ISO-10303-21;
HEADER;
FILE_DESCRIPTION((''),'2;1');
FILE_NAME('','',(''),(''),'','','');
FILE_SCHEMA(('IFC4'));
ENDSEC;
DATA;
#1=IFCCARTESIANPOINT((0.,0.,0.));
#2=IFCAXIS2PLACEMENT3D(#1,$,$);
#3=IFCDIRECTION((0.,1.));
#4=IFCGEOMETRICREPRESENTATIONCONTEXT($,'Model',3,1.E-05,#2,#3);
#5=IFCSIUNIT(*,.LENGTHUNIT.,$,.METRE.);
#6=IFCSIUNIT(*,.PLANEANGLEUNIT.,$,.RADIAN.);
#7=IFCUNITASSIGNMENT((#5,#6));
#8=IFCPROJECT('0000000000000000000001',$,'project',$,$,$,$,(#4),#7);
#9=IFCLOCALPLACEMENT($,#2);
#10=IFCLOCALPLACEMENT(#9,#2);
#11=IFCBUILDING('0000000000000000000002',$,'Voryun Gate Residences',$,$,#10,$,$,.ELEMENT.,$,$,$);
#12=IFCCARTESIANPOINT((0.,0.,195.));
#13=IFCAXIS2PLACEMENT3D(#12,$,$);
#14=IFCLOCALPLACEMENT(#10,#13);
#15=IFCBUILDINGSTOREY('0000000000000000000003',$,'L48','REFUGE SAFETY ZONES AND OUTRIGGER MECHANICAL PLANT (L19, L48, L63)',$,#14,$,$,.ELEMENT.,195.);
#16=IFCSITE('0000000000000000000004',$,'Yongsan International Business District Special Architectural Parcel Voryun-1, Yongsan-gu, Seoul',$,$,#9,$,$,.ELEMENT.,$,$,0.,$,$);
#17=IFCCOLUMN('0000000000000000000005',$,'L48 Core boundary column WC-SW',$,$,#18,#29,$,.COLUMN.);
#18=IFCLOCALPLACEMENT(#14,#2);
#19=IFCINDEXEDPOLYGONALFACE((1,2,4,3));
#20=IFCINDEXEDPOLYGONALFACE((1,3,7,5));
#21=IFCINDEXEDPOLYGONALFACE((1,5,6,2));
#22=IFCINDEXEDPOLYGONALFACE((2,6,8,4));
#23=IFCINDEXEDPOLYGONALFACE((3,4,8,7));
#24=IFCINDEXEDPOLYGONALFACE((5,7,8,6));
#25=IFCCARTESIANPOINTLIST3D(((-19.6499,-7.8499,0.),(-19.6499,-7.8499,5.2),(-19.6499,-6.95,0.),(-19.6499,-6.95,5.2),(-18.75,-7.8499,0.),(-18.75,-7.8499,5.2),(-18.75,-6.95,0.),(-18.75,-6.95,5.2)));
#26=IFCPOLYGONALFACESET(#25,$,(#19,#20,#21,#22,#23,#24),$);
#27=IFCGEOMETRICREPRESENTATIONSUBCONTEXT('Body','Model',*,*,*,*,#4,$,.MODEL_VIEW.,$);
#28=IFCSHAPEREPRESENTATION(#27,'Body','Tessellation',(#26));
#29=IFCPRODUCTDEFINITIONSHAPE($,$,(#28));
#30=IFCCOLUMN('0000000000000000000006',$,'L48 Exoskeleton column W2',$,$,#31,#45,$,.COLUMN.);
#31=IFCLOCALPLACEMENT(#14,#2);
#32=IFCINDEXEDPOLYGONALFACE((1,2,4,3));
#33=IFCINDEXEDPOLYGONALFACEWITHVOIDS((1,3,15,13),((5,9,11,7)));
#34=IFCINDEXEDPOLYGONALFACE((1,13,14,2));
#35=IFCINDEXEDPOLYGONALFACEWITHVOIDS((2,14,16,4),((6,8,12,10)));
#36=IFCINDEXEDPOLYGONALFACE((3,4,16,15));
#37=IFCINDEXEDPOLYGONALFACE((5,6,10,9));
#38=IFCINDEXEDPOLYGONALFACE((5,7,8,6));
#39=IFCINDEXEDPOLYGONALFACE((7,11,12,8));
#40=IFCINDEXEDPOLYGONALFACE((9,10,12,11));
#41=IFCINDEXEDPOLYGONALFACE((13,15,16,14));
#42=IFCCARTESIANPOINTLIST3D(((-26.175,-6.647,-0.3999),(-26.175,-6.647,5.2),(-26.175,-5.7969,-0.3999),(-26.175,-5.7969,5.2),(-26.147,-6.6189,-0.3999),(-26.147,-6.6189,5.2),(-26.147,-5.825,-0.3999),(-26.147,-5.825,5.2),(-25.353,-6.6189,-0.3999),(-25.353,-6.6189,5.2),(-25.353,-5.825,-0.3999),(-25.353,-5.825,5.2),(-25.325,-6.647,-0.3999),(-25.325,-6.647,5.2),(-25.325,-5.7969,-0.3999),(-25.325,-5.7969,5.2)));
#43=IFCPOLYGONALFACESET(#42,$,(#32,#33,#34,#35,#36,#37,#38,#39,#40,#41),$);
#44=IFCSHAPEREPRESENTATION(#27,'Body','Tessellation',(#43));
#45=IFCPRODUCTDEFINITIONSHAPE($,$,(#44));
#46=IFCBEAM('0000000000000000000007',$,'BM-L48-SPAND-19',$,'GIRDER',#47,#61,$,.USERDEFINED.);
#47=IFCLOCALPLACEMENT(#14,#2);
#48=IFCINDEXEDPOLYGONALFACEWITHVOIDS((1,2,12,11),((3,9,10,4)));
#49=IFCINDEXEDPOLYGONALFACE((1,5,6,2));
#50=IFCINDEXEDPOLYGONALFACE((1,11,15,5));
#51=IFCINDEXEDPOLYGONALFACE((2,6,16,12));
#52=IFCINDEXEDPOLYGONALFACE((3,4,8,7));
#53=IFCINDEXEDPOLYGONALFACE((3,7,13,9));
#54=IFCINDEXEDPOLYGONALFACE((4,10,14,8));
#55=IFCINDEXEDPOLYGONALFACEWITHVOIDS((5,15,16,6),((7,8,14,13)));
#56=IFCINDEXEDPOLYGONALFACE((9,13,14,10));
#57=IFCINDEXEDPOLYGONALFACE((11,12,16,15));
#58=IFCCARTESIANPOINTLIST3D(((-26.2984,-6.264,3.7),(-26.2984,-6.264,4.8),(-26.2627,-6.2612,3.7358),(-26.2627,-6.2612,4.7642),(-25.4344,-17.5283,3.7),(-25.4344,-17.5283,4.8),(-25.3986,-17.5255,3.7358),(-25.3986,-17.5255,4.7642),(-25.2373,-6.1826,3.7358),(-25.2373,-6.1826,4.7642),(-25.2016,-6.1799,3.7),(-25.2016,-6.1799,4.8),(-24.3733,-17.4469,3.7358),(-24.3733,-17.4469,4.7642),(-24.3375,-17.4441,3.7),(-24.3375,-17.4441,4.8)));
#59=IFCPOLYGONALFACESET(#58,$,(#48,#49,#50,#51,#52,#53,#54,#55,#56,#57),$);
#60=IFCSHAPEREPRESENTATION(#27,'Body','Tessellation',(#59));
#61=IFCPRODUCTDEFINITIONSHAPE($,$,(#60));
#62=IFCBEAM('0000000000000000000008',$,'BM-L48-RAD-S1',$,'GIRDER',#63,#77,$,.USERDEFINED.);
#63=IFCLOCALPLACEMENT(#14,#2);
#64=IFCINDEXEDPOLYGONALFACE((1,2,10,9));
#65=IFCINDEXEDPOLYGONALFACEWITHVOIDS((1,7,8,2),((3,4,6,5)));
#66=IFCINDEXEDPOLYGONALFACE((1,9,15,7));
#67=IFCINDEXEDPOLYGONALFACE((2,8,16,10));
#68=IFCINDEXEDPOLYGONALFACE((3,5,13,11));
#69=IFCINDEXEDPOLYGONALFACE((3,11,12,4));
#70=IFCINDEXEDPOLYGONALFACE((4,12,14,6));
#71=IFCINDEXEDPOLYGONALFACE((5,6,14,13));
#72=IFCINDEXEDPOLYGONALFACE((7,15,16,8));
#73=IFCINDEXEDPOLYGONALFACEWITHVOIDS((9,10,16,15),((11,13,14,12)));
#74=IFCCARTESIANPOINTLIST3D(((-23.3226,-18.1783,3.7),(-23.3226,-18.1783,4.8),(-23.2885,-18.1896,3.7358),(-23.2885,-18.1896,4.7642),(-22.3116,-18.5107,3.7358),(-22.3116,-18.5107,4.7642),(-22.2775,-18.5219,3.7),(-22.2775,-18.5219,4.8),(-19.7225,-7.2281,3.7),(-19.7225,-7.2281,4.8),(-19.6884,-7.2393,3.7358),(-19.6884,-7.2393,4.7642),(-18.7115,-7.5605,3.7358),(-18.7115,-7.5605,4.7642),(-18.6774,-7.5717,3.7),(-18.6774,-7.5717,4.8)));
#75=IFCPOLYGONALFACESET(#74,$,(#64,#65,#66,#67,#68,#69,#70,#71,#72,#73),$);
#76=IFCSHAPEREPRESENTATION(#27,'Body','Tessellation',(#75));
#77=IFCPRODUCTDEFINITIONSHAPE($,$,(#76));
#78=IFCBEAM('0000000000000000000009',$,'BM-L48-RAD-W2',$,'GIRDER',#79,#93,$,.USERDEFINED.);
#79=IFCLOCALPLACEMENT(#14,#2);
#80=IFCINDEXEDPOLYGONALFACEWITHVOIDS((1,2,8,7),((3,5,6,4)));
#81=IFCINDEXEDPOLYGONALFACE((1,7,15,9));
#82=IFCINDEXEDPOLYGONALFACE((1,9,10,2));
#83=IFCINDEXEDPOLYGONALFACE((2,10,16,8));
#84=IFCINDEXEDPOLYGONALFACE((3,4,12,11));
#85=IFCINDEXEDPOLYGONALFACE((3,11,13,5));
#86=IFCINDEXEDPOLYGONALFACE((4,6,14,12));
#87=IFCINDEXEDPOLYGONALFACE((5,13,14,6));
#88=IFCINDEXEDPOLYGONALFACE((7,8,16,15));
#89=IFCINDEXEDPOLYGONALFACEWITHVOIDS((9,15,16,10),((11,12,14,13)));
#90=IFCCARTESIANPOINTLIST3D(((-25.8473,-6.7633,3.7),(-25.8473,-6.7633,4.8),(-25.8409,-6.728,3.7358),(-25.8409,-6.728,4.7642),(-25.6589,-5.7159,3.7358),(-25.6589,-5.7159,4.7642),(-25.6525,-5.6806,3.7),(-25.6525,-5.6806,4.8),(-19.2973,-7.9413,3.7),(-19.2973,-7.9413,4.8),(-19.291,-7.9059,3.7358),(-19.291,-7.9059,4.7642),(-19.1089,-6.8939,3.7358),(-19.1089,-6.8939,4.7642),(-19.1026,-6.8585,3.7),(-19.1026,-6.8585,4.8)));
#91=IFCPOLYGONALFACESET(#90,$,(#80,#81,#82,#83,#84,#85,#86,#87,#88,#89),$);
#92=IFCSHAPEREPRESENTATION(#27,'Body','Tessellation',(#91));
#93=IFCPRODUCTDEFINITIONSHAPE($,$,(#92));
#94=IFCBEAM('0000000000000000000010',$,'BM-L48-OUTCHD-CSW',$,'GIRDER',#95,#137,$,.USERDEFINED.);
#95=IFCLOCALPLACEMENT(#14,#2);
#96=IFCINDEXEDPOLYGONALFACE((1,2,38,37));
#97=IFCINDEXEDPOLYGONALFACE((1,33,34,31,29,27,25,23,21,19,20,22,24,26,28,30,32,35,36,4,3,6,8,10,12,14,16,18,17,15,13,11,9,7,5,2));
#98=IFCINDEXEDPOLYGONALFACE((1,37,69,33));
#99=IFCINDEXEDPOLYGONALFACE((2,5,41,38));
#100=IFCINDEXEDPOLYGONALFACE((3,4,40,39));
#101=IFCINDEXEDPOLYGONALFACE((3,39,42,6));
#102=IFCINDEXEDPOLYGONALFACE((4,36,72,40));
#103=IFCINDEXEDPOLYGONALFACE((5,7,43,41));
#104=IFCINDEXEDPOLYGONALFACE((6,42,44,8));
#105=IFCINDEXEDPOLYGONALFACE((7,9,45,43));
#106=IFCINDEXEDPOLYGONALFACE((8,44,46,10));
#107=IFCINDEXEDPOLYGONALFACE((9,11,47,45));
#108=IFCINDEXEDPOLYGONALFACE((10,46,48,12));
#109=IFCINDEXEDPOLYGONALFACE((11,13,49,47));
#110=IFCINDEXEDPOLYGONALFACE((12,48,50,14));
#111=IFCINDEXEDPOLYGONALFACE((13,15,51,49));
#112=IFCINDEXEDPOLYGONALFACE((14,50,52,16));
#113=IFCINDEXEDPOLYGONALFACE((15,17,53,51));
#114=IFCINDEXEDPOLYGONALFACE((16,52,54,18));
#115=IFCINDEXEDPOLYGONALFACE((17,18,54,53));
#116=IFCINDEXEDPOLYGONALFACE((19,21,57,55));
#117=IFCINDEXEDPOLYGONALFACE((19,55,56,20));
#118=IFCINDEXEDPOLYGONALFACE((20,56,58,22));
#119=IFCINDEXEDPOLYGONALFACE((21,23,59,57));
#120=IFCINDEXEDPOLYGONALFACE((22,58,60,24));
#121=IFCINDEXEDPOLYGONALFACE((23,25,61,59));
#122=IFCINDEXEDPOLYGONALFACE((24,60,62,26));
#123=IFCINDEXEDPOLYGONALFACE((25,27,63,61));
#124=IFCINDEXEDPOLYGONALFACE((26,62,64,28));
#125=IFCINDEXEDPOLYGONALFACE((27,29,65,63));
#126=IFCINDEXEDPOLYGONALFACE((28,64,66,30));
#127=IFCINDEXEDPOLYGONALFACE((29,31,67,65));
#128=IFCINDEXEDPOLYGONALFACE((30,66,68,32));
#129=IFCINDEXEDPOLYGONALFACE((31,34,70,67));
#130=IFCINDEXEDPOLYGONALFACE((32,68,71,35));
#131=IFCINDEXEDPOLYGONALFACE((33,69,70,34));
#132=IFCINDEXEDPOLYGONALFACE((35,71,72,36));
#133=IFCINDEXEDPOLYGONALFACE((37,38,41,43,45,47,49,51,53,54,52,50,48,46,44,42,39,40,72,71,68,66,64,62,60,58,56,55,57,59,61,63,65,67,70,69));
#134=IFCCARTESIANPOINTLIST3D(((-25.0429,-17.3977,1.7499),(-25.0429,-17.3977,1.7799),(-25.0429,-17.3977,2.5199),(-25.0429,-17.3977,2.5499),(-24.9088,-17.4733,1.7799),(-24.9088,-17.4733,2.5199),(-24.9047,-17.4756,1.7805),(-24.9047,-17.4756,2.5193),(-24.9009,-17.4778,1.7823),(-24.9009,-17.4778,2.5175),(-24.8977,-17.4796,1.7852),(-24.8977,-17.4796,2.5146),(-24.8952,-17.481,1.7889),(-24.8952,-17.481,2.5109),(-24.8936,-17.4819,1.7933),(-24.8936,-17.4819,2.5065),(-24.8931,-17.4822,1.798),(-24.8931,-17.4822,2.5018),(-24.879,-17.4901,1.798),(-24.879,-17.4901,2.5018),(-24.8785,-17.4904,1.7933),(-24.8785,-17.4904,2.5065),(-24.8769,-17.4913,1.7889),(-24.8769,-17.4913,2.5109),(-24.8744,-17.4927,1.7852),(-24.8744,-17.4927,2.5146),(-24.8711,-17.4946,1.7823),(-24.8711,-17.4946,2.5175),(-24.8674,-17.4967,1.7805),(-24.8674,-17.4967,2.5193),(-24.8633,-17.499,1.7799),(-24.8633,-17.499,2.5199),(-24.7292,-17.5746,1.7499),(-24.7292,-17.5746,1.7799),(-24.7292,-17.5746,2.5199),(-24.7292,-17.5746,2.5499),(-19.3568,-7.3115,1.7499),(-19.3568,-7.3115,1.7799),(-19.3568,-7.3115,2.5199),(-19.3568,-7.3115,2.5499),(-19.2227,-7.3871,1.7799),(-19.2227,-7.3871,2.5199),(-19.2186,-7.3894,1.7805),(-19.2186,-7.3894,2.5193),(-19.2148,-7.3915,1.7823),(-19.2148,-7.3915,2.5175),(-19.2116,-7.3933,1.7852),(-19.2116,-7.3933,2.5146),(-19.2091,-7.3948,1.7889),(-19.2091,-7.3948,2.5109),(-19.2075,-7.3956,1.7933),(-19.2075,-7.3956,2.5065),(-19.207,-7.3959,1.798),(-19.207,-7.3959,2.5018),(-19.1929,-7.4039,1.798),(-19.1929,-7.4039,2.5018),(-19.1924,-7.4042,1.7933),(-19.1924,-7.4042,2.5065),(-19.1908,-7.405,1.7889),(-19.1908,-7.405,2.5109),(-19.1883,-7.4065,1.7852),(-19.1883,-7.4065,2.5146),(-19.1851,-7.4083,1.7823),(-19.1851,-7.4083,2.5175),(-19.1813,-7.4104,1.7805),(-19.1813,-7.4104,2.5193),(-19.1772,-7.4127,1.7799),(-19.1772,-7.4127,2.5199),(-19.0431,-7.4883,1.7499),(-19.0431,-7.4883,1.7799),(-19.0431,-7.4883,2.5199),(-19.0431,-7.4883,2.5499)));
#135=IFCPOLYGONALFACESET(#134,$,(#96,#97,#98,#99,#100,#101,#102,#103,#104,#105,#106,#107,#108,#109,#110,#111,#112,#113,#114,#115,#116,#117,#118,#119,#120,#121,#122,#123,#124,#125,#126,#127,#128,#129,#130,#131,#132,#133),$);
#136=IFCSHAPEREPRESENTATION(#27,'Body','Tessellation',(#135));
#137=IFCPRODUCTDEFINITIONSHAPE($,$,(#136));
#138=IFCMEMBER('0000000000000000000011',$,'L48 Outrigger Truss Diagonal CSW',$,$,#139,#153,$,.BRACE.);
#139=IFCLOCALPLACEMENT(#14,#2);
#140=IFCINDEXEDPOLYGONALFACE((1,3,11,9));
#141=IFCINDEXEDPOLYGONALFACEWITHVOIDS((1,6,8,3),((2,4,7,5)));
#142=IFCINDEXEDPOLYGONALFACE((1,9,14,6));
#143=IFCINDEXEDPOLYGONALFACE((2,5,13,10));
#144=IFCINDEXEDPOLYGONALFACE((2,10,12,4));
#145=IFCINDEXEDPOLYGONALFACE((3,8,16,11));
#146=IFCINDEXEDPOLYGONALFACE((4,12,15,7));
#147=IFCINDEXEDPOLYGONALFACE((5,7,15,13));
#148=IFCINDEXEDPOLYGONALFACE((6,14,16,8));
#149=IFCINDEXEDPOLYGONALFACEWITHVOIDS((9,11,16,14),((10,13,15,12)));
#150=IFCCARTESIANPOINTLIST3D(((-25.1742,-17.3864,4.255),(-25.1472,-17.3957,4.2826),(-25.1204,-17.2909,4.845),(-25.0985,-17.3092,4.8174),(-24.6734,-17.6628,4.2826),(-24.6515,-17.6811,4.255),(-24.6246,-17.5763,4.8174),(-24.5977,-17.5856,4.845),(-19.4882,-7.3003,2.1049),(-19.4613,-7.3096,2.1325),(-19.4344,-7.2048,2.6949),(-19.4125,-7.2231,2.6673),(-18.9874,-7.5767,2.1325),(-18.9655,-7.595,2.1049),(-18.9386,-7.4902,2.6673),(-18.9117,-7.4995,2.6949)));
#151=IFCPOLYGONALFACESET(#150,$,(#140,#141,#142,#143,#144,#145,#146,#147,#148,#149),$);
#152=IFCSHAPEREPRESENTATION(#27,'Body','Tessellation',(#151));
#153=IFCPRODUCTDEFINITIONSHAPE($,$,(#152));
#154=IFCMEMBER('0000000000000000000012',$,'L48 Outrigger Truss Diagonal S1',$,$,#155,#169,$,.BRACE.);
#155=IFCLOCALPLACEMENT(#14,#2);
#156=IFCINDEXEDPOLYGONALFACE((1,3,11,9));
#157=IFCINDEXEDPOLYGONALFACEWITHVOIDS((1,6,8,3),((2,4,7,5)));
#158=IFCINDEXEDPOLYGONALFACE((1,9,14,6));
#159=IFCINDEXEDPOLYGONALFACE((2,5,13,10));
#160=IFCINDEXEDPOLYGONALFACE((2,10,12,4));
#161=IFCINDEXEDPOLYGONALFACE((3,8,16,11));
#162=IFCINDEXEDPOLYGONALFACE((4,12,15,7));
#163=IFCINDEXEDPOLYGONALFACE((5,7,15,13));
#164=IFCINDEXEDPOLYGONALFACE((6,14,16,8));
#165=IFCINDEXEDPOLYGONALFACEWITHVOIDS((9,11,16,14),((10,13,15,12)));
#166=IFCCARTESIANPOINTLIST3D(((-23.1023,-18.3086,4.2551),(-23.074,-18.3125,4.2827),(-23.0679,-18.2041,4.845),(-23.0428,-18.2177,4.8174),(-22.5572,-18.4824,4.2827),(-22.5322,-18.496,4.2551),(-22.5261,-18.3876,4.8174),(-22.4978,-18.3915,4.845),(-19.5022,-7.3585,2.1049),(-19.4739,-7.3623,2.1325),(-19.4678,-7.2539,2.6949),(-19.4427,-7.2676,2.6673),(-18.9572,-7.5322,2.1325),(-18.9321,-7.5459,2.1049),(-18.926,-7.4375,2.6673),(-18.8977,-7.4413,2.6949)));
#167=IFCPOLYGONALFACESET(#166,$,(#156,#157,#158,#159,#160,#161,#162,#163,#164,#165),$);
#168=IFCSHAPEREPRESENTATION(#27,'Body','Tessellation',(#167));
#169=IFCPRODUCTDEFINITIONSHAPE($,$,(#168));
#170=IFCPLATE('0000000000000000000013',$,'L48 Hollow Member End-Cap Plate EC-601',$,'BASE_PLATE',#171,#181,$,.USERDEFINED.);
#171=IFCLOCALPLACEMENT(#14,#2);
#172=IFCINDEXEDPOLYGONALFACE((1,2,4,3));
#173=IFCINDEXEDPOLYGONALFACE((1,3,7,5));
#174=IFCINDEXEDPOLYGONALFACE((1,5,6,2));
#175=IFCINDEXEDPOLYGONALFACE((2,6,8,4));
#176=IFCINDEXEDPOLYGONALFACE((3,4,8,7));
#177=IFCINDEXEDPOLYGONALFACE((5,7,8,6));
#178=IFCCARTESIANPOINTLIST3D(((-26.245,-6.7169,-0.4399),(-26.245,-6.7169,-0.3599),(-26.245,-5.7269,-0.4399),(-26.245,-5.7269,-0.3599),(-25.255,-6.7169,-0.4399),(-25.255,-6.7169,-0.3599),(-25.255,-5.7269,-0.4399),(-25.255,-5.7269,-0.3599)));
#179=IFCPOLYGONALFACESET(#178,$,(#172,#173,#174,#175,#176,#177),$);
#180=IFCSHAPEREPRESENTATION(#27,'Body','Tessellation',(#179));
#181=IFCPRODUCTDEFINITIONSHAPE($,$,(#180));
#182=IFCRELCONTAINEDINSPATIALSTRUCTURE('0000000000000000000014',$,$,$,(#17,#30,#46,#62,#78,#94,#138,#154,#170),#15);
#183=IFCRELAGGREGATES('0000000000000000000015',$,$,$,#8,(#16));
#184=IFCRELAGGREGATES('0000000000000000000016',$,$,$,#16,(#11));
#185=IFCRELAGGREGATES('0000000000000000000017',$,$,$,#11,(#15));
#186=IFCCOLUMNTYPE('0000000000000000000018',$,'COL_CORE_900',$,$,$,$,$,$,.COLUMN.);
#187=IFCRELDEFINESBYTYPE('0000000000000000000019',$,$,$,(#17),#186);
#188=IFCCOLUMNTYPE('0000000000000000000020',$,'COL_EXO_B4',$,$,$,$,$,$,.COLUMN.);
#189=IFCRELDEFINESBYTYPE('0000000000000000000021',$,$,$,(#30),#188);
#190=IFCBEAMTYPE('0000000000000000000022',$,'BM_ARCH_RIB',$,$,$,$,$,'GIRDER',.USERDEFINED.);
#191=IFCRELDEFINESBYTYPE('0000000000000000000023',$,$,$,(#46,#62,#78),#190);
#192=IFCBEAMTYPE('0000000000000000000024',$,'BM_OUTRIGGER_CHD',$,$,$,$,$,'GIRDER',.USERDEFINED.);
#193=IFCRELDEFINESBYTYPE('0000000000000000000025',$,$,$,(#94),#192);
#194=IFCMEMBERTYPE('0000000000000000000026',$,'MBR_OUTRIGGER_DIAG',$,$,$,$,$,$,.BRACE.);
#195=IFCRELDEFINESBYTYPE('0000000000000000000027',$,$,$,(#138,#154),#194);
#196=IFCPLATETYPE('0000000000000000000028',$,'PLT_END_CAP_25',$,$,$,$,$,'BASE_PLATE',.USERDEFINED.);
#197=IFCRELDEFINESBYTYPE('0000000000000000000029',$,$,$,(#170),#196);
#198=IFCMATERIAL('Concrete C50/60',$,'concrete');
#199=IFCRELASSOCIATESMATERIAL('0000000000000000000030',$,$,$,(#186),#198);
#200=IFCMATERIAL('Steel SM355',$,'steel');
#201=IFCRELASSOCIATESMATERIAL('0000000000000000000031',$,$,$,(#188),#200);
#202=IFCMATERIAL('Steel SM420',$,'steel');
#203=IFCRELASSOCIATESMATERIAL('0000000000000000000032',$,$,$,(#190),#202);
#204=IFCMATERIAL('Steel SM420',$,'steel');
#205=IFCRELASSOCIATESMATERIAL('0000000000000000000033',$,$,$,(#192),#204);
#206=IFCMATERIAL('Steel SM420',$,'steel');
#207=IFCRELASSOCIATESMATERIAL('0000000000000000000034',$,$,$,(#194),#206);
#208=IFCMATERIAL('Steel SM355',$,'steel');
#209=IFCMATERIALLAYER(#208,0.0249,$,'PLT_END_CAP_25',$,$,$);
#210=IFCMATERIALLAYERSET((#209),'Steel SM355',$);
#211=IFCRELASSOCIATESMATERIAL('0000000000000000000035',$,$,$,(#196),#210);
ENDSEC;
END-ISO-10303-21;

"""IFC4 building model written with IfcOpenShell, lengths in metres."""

from ifc_helpers import new_model, si_unit, direction, frame, origin, origin_2d, place, context, subcontext, project, spatial, rectangle, hollow_rectangle, i_section, extrude, material, layer, layer_set, material_profile, profile_set, type_object, element, save


model = new_model("IFC4")

# Units and contexts
model_context = context("Model", 3, precision=1e-05, world=origin(), true_north=direction((0.0, 1.0)))
body_context = subcontext(model_context, "Body", "Model", "MODEL_VIEW")
ifc_project = project(units=[si_unit("LENGTHUNIT", "METRE"), si_unit("PLANEANGLEUNIT", "RADIAN")], contexts=[model_context])

# Site, building, storey
site_placement = place(None, origin())
site = spatial("IfcSite", under=ifc_project, at=site_placement, Name="Yongsan International Business District Special Architectural Parcel Voryun-1, Yongsan-gu, Seoul", CompositionType="ELEMENT", RefElevation=0.0)
building_placement = place(site_placement, origin())
building = spatial("IfcBuilding", under=site, at=building_placement, Name="Voryun Gate Residences", CompositionType="ELEMENT")
storey_placement = place(building_placement, frame((0.0, 0.0, 195.0)))
storey = spatial("IfcBuildingStorey", under=building, at=storey_placement, Name="L48", Description="REFUGE SAFETY ZONES AND OUTRIGGER MECHANICAL PLANT (L19, L48, L63)", CompositionType="ELEMENT", Elevation=195.0)

# Columns
ifc_material_1 = material(Name="Concrete C50/60", Category="concrete")
ifc_material_profile_1 = material_profile(ifc_material_1, rectangle(XDim=0.8999, YDim=0.8999, at=origin_2d()), Name="RC-900x900")
ifc_profile_set_1 = profile_set([ifc_material_profile_1], Name="Concrete C50/60")
column_type_1 = type_object("IfcColumnType", Name="COL_CORE_900", PredefinedType="COLUMN", material=ifc_profile_set_1)
column_1_placement = place(storey_placement, frame((-19.2, -7.3999, 0.0), z_axis=(0.0, 0.0, 1.0), x_axis=(1.0, 0.0, 0.0)))
element("IfcColumn", 1, at=column_1_placement, inside=storey, type_object=column_type_1, Name="L48 Core boundary column WC-SW", PredefinedType="COLUMN", context=body_context, shape_type="SweptSolid", body=[
    extrude(rectangle(XDim=0.8999, YDim=0.8999, at=origin_2d()), origin(), (0.0, 0.0, 1.0), 5.2),
])
ifc_material_2 = material(Name="Steel SM355", Category="steel")
ifc_material_profile_2 = material_profile(ifc_material_2, hollow_rectangle(XDim=0.8501, YDim=0.8501, WallThickness=0.0281, at=origin_2d()), Name="BOX-850x850x28")
ifc_profile_set_2 = profile_set([ifc_material_profile_2], Name="Steel SM355")
column_type_2 = type_object("IfcColumnType", Name="COL_EXO_B4", PredefinedType="COLUMN", material=ifc_profile_set_2)
column_2_placement = place(storey_placement, frame((-25.75, -6.2219, -0.3999), z_axis=(0.0, 0.0, 1.0), x_axis=(1.0, 0.0, 0.0)))
element("IfcColumn", 2, at=column_2_placement, inside=storey, type_object=column_type_2, Name="L48 Exoskeleton column W2", PredefinedType="COLUMN", context=body_context, shape_type="SweptSolid", body=[
    extrude(hollow_rectangle(XDim=0.8501, YDim=0.8501, WallThickness=0.0281, at=origin_2d()), origin(), (0.0, 0.0, 1.0), 5.5999),
])

# Beams
ifc_material_3 = material(Name="Steel SM420", Category="steel")
ifc_material_profile_3 = material_profile(ifc_material_3, hollow_rectangle(XDim=1.1001, YDim=1.1001, WallThickness=0.0359, at=origin_2d()), Name="BOX-1100x1100x36")
ifc_profile_set_3 = profile_set([ifc_material_profile_3], Name="Steel SM420")
beam_type_1 = type_object("IfcBeamType", Name="BM_ARCH_RIB", ElementType="GIRDER", PredefinedType="USERDEFINED", material=ifc_profile_set_3)
beam_1_placement = place(storey_placement, frame((-25.75, -6.2219, 4.25), z_axis=(0.07648, -0.997071, 0.0), x_axis=(0.997071, 0.07648, 0.0)))
element("IfcBeam", 3, at=beam_1_placement, inside=storey, type_object=beam_type_1, Name="BM-L48-SPAND-19", ObjectType="GIRDER", PredefinedType="USERDEFINED", context=body_context, shape_type="SweptSolid", body=[
    extrude(hollow_rectangle(XDim=1.1001, YDim=1.1001, WallThickness=0.0359, at=origin_2d()), origin(), (0.0, 0.0, 1.0), 11.2974),
])
beam_2_placement = place(storey_placement, frame((-19.2, -7.3999, 4.25), z_axis=(-0.312324, -0.949976, 0.0), x_axis=(0.949976, -0.312324, 0.0)))
element("IfcBeam", 4, at=beam_2_placement, inside=storey, type_object=beam_type_1, Name="BM-L48-RAD-S1", ObjectType="GIRDER", PredefinedType="USERDEFINED", context=body_context, shape_type="SweptSolid", body=[
    extrude(hollow_rectangle(XDim=1.1001, YDim=1.1001, WallThickness=0.0359, at=origin_2d()), origin(), (0.0, 0.0, 1.0), 11.5269),
])
beam_3_placement = place(storey_placement, frame((-19.2, -7.3999, 4.25), z_axis=(-0.98421, 0.177003, 0.0), x_axis=(-0.177003, -0.98421, 0.0)))
element("IfcBeam", 5, at=beam_3_placement, inside=storey, type_object=beam_type_1, Name="BM-L48-RAD-W2", ObjectType="GIRDER", PredefinedType="USERDEFINED", context=body_context, shape_type="SweptSolid", body=[
    extrude(hollow_rectangle(XDim=1.1001, YDim=1.1001, WallThickness=0.0359, at=origin_2d()), origin(), (0.0, 0.0, 1.0), 6.655),
])
ifc_material_4 = material(Name="Steel SM420", Category="steel")
ifc_material_profile_4 = material_profile(ifc_material_4, i_section(OverallWidth=0.3601, OverallDepth=0.8, WebThickness=0.0161, FlangeThickness=0.03, FilletRadius=0.0181, at=origin_2d()), Name="H-800x360x16x30")
ifc_profile_set_4 = profile_set([ifc_material_profile_4], Name="Steel SM420")
beam_type_2 = type_object("IfcBeamType", Name="BM_OUTRIGGER_CHD", ElementType="GIRDER", PredefinedType="USERDEFINED", material=ifc_profile_set_4)
beam_4_placement = place(storey_placement, frame((-19.2, -7.3999, 2.1499), z_axis=(-0.491085, -0.871112, 0.0), x_axis=(0.871112, -0.491085, 0.0)))
element("IfcBeam", 6, at=beam_4_placement, inside=storey, type_object=beam_type_2, Name="BM-L48-OUTCHD-CSW", ObjectType="GIRDER", PredefinedType="USERDEFINED", context=body_context, shape_type="SweptSolid", body=[
    extrude(i_section(OverallWidth=0.3601, OverallDepth=0.8, WebThickness=0.0161, FlangeThickness=0.03, FilletRadius=0.0181, at=origin_2d()), origin(), (0.0, 0.0, 1.0), 11.5786),
])

# Members
ifc_material_5 = material(Name="Steel SM420", Category="steel")
ifc_material_profile_5 = material_profile(ifc_material_5, hollow_rectangle(XDim=0.6001, YDim=0.6001, WallThickness=0.0281, at=origin_2d()), Name="BOX-600x600x28")
ifc_profile_set_5 = profile_set([ifc_material_profile_5], Name="Steel SM420")
member_type = type_object("IfcMemberType", Name="MBR_OUTRIGGER_DIAG", PredefinedType="BRACE", material=ifc_profile_set_5)
member_1_placement = place(storey_placement, frame((-19.2, -7.3999, 2.3999), z_axis=(-0.48283, -0.856469, 0.18258), x_axis=(0.871112, -0.491085, 0.0)))
element("IfcMember", 7, at=member_1_placement, inside=storey, type_object=member_type, Name="L48 Outrigger Truss Diagonal CSW", PredefinedType="BRACE", context=body_context, shape_type="SweptSolid", body=[
    extrude(hollow_rectangle(XDim=0.6001, YDim=0.6001, WallThickness=0.0281, at=origin_2d()), origin(), (0.0, 0.0, 1.0), 11.7764),
])
member_2_placement = place(storey_placement, frame((-19.2, -7.3999, 2.3999), z_axis=(-0.307028, -0.933868, 0.183371), x_axis=(0.949976, -0.312324, 0.0)))
element("IfcMember", 8, at=member_2_placement, inside=storey, type_object=member_type, Name="L48 Outrigger Truss Diagonal S1", PredefinedType="BRACE", context=body_context, shape_type="SweptSolid", body=[
    extrude(hollow_rectangle(XDim=0.6001, YDim=0.6001, WallThickness=0.0281, at=origin_2d()), origin(), (0.0, 0.0, 1.0), 11.7256),
])

# Plate
ifc_material_6 = material(Name="Steel SM355", Category="steel")
ifc_layer_1 = layer(ifc_material_6, 0.0249, Name="PLT_END_CAP_25")
ifc_layer_set_1 = layer_set([ifc_layer_1], Name="Steel SM355")
plate_type_1 = type_object("IfcPlateType", Name="PLT_END_CAP_25", ElementType="BASE_PLATE", PredefinedType="USERDEFINED", material=ifc_layer_set_1)
plate_1_placement = place(storey_placement, frame((-25.75, -6.2219, -0.4399), z_axis=(0.0, 0.0, 1.0), x_axis=(1.0, 0.0, 0.0)))
element("IfcPlate", 9, at=plate_1_placement, inside=storey, type_object=plate_type_1, Name="L48 Hollow Member End-Cap Plate EC-601", ObjectType="BASE_PLATE", PredefinedType="USERDEFINED", context=body_context, shape_type="SweptSolid", body=[
    extrude(rectangle(XDim=0.99, YDim=0.99, at=origin_2d()), origin(), (0.0, 0.0, 1.0), 0.0801),
])

save(model, "model.ifc")
